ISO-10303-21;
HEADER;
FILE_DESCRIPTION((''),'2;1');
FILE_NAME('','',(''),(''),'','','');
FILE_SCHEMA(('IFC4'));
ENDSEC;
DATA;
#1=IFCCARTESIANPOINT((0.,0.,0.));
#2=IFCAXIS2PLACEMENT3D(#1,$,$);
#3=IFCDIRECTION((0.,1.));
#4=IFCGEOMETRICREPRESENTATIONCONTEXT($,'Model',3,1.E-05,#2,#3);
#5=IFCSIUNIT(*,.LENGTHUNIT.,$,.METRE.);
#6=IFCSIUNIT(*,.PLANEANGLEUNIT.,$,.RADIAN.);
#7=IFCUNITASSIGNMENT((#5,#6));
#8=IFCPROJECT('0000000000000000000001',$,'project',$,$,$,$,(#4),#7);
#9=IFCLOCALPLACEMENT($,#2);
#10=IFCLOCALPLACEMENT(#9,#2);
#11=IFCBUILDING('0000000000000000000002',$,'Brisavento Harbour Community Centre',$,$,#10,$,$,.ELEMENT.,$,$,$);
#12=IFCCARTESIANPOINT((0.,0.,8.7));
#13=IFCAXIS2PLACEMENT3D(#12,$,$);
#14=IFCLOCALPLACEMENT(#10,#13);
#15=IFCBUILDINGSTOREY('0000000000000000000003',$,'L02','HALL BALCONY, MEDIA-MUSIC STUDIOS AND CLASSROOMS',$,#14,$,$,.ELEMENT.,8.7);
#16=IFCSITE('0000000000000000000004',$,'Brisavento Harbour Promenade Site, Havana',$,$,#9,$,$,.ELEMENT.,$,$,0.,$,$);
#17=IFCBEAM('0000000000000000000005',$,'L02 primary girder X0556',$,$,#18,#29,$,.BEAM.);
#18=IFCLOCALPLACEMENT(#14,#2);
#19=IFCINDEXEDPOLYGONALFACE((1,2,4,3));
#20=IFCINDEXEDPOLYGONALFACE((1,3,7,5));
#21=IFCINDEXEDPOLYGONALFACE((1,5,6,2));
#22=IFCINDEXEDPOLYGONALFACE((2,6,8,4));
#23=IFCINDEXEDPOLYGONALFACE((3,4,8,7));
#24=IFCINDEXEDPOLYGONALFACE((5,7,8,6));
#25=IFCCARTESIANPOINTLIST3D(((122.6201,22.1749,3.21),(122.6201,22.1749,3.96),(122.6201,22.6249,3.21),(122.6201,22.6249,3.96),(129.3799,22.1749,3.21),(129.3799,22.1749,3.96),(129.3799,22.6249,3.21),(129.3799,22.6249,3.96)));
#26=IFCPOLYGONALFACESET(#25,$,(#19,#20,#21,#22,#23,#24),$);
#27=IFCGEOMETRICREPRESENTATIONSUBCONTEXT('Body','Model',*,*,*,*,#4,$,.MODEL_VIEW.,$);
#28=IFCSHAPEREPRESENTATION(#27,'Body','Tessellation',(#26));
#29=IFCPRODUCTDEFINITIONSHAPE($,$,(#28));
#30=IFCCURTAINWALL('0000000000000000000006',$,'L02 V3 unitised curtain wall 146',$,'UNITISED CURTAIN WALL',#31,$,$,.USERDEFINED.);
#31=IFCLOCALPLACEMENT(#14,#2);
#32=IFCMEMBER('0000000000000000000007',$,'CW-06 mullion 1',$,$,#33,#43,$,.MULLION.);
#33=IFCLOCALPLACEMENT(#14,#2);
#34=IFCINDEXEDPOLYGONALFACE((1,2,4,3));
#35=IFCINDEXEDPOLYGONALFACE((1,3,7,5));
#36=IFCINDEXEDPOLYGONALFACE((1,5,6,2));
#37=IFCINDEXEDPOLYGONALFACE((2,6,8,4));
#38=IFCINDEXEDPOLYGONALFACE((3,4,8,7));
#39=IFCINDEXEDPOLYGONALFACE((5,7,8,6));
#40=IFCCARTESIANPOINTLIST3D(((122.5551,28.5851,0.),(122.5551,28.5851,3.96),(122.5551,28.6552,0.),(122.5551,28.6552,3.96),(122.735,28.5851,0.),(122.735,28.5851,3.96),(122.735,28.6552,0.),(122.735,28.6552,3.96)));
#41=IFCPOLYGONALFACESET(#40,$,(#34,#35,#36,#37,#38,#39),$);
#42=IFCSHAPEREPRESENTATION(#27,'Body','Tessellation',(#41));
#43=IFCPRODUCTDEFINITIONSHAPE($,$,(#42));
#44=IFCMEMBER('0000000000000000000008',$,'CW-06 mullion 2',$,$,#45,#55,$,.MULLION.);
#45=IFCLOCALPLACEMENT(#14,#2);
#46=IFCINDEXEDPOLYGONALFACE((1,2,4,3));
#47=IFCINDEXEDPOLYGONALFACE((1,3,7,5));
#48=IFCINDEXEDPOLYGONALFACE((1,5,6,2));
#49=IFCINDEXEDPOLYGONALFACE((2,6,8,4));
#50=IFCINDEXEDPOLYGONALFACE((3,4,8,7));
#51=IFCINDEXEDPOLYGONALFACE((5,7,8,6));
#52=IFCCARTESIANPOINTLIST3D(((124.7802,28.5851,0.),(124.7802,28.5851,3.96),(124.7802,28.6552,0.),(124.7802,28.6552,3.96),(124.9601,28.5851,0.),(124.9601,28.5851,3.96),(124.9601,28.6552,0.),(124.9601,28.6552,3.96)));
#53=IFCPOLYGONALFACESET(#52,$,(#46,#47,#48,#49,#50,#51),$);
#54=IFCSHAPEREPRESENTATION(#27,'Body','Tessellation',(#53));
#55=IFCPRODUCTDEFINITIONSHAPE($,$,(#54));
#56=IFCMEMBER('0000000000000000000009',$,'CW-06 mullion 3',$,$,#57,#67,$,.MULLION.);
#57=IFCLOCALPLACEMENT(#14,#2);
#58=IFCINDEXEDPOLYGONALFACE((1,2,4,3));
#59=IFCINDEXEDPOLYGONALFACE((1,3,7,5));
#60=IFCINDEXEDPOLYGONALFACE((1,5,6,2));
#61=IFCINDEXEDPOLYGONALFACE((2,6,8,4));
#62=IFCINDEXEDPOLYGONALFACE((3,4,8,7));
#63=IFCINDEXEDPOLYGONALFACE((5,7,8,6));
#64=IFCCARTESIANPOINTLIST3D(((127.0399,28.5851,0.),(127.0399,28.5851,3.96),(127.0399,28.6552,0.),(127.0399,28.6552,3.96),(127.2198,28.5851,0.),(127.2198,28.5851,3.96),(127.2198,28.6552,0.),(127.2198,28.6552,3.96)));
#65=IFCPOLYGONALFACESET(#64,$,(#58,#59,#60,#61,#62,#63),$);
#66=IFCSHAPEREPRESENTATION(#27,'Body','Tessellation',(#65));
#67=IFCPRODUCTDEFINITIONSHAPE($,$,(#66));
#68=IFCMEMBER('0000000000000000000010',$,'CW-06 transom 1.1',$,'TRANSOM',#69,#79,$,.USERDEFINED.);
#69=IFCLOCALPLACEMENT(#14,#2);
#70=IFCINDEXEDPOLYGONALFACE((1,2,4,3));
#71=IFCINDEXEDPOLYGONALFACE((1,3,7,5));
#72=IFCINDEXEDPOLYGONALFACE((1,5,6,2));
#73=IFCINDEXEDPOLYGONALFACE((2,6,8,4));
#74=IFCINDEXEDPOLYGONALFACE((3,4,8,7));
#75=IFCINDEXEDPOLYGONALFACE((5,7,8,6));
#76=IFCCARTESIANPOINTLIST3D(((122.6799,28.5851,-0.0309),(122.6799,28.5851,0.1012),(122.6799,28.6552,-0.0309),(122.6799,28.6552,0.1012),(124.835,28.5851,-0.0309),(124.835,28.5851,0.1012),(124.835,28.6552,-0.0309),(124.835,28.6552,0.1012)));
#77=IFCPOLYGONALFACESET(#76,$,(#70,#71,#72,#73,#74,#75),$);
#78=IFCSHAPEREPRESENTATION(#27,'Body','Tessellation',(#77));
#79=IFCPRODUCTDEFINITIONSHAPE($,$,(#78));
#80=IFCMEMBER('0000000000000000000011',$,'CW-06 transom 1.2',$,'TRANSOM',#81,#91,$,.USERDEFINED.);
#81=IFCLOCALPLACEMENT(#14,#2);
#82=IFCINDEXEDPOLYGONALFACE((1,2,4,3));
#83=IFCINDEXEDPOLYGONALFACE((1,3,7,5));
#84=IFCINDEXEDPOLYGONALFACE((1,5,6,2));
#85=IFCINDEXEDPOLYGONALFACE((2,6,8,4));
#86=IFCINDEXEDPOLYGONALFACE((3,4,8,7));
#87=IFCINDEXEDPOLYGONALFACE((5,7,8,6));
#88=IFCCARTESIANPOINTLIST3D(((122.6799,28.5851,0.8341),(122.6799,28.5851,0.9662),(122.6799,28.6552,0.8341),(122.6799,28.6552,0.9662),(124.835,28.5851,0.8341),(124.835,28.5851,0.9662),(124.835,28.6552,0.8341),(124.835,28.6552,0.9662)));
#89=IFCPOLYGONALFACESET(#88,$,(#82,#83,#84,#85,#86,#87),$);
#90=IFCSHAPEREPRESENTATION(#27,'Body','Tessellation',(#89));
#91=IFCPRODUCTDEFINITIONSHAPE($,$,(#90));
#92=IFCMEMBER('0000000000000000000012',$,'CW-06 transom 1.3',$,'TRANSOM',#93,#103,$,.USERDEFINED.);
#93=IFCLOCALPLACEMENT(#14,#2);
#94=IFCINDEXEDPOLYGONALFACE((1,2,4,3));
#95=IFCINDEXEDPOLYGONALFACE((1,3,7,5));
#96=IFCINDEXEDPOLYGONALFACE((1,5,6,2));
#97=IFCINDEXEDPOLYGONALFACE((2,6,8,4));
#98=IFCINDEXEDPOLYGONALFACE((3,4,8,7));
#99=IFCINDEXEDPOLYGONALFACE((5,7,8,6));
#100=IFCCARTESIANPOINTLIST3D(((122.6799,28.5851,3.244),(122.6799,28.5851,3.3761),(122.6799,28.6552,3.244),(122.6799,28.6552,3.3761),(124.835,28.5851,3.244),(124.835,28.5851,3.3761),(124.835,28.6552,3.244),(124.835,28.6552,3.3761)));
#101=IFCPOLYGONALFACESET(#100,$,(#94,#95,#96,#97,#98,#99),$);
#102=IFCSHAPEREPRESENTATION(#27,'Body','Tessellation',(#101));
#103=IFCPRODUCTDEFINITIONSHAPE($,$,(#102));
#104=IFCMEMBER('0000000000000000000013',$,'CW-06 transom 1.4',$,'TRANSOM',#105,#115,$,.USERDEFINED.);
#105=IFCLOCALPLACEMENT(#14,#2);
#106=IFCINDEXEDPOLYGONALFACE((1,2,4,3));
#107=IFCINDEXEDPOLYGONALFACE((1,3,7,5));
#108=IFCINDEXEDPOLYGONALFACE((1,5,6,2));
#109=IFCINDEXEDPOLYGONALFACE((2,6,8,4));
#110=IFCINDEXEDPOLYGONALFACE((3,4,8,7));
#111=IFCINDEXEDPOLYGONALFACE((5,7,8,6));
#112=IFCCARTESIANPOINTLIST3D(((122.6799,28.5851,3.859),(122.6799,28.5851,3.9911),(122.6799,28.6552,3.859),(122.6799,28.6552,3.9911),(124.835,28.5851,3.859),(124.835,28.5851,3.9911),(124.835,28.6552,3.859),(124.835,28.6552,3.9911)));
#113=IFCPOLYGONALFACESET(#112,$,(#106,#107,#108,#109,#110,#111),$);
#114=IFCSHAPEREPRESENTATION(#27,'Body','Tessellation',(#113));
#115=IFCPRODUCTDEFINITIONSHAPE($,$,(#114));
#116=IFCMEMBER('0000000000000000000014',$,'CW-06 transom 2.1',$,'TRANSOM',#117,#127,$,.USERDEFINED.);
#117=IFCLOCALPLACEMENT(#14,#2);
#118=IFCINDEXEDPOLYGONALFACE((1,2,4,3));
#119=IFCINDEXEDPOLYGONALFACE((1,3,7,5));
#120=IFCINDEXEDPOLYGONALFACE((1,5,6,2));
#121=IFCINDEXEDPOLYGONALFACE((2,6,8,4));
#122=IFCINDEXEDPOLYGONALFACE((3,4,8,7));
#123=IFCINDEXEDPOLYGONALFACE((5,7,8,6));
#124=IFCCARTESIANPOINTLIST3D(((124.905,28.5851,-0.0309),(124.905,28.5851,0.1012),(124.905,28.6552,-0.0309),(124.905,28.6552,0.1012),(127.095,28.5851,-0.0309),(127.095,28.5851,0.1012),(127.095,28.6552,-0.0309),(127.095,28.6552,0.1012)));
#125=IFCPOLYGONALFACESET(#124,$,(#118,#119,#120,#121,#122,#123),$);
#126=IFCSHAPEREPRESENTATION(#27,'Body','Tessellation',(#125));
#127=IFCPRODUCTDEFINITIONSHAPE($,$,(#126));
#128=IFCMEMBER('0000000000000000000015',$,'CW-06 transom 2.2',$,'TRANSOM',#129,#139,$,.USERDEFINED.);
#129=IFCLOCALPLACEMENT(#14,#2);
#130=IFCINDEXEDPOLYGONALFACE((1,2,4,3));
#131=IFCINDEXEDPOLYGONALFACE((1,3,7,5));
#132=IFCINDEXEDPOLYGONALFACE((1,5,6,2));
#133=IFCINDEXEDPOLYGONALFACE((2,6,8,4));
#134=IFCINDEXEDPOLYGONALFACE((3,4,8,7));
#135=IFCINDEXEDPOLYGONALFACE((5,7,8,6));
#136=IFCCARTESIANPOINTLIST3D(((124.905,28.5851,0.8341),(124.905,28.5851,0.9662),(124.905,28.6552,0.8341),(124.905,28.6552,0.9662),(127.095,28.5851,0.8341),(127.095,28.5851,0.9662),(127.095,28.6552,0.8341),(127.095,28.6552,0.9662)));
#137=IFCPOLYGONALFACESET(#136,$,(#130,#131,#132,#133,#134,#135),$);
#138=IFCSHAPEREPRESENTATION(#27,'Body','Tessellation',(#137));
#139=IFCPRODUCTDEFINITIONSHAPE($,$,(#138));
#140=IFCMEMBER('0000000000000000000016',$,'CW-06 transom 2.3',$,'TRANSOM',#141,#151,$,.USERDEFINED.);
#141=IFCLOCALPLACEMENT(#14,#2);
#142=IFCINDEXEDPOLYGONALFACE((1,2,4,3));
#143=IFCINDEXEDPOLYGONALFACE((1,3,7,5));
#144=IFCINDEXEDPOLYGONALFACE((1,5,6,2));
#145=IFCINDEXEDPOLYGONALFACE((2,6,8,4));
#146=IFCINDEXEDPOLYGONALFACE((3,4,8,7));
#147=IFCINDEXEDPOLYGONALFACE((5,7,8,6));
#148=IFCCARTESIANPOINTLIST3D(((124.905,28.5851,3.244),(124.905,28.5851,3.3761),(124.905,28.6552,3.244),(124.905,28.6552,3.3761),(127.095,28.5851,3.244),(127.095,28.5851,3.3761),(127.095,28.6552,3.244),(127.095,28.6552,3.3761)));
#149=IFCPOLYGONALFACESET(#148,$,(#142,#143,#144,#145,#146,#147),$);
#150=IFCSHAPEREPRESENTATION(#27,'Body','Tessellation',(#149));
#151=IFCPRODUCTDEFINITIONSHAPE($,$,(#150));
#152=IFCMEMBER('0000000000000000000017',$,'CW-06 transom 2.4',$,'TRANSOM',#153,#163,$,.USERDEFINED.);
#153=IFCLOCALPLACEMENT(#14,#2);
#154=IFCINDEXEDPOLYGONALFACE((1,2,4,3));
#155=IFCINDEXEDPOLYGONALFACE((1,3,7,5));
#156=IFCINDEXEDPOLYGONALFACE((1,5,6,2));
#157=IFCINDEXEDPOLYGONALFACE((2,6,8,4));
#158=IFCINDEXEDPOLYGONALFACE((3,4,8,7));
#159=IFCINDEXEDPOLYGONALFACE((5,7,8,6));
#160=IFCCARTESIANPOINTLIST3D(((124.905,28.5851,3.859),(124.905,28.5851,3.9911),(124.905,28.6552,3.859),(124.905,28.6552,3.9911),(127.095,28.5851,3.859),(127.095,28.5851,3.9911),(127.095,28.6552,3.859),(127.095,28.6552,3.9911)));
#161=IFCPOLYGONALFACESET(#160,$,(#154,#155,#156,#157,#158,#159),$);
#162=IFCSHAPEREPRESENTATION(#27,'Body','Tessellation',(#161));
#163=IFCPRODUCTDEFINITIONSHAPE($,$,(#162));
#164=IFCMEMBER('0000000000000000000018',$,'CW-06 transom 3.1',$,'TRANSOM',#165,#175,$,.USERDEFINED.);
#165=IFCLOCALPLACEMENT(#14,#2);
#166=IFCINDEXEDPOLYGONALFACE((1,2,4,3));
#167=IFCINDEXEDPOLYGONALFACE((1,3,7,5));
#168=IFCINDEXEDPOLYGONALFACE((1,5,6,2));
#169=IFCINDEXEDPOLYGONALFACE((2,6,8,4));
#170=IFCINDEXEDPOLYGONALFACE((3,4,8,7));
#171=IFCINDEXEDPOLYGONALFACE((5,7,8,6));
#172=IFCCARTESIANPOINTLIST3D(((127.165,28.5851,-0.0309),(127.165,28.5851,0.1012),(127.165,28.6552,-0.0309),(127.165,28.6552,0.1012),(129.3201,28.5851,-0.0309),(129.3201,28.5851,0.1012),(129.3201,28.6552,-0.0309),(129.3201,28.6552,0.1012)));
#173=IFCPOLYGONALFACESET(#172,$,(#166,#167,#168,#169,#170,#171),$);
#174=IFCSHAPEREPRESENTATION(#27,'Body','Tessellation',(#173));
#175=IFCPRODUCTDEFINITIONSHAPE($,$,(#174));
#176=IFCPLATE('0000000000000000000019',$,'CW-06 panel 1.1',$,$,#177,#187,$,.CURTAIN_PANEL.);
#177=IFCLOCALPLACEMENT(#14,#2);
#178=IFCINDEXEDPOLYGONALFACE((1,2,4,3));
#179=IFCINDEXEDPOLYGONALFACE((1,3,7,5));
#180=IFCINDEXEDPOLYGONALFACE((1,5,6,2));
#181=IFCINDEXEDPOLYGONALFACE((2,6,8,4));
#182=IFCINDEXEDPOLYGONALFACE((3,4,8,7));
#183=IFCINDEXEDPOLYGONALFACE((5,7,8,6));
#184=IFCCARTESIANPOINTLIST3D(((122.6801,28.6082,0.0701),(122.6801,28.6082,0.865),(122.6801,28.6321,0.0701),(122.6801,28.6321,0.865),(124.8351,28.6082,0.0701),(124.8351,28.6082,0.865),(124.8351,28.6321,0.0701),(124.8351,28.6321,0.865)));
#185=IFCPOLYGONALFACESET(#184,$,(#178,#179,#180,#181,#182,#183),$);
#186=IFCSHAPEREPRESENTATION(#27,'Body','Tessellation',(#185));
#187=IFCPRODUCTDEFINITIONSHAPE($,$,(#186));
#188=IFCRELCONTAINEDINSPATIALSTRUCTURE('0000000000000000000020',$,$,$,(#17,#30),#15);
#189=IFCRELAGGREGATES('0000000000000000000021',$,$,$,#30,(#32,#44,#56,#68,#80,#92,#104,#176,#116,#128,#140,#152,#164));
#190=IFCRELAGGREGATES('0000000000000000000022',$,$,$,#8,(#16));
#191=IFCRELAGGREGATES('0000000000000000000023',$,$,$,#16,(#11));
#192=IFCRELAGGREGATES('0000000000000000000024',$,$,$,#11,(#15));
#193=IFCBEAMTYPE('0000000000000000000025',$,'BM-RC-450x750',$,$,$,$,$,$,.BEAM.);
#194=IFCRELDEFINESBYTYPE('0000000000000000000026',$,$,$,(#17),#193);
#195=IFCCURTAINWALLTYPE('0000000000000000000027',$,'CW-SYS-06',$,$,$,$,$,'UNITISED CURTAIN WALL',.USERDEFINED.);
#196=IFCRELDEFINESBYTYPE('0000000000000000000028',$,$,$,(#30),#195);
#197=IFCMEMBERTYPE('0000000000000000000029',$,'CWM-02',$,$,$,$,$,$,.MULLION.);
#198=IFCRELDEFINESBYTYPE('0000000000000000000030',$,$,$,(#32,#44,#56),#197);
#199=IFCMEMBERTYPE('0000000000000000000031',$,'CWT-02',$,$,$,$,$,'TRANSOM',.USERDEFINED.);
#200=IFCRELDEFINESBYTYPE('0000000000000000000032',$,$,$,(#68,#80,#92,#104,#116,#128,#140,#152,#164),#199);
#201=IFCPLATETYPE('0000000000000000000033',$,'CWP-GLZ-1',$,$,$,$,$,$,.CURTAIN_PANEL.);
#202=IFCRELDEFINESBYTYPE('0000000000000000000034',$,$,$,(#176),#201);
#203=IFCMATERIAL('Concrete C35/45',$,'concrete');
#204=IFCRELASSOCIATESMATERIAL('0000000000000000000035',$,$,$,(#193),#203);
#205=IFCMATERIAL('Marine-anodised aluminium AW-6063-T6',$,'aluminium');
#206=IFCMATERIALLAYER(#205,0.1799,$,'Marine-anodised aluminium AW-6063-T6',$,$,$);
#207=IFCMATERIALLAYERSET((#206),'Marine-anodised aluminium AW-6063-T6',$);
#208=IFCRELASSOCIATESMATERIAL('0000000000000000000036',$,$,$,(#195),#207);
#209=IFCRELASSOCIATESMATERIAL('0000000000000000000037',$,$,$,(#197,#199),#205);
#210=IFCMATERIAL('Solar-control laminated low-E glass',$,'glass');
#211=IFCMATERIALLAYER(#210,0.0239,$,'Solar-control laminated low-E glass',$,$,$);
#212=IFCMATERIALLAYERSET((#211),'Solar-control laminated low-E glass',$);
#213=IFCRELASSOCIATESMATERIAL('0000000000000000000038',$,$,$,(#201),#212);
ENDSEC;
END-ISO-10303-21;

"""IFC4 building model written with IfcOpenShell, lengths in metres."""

from ifc_helpers import new_model, si_unit, direction, frame, origin, origin_2d, place, context, subcontext, project, spatial, rectangle, extrude, material, layer, layer_set, material_profile, profile_set, type_object, element, aggregate, save


model = new_model("IFC4")

# Units and contexts
model_context = context("Model", 3, precision=1e-05, world=origin(), true_north=direction((0.0, 1.0)))
body_context = subcontext(model_context, "Body", "Model", "MODEL_VIEW")
ifc_project = project(units=[si_unit("LENGTHUNIT", "METRE"), si_unit("PLANEANGLEUNIT", "RADIAN")], contexts=[model_context])

# Site, building, storey
site_placement = place(None, origin())
site = spatial("IfcSite", under=ifc_project, at=site_placement, Name="Brisavento Harbour Promenade Site, Havana", CompositionType="ELEMENT", RefElevation=0.0)
building_placement = place(site_placement, origin())
building = spatial("IfcBuilding", under=site, at=building_placement, Name="Brisavento Harbour Community Centre", CompositionType="ELEMENT")
storey_placement = place(building_placement, frame((0.0, 0.0, 8.7)))
storey = spatial("IfcBuildingStorey", under=building, at=storey_placement, Name="L02", Description="HALL BALCONY, MEDIA-MUSIC STUDIOS AND CLASSROOMS", CompositionType="ELEMENT", Elevation=8.7)

# Beam
ifc_material_1 = material(Name="Concrete C35/45", Category="concrete")
ifc_material_profile_1 = material_profile(ifc_material_1, rectangle(XDim=0.45, YDim=0.75, at=origin_2d()), Name="Concrete C35/45")
ifc_profile_set_1 = profile_set([ifc_material_profile_1], Name="Concrete C35/45")
beam_type = type_object("IfcBeamType", Name="BM-RC-450x750", PredefinedType="BEAM", material=ifc_profile_set_1)
beam_placement = place(storey_placement, frame((122.6201, 22.3999, 3.585), z_axis=(1.0, 0.0, 0.0), x_axis=(0.0, 1.0, 0.0)))
element("IfcBeam", 1, at=beam_placement, inside=storey, type_object=beam_type, Name="L02 primary girder X0556", PredefinedType="BEAM", context=body_context, shape_type="SweptSolid", body=[
    extrude(rectangle(XDim=0.45, YDim=0.75, at=origin_2d()), origin(), (0.0, 0.0, 1.0), 6.7598),
])

# Curtain wall, members, plate
ifc_material_2 = material(Name="Marine-anodised aluminium AW-6063-T6", Category="aluminium")
ifc_layer_1 = layer(ifc_material_2, 0.1799, Name="Marine-anodised aluminium AW-6063-T6")
ifc_layer_set_1 = layer_set([ifc_layer_1], Name="Marine-anodised aluminium AW-6063-T6")
curtain_wall_type = type_object("IfcCurtainWallType", Name="CW-SYS-06", ElementType="UNITISED CURTAIN WALL", PredefinedType="USERDEFINED", material=ifc_layer_set_1)
curtain_wall_placement = place(storey_placement, origin())
curtain_wall = element("IfcCurtainWall", 2, at=curtain_wall_placement, inside=storey, type_object=curtain_wall_type, Name="L02 V3 unitised curtain wall 146", ObjectType="UNITISED CURTAIN WALL", PredefinedType="USERDEFINED")
ifc_material_profile_2 = material_profile(ifc_material_2, rectangle(XDim=0.0701, YDim=0.1799, at=origin_2d()), Name="Marine-anodised aluminium AW-6063-T6")
ifc_profile_set_2 = profile_set([ifc_material_profile_2], Name="Marine-anodised aluminium AW-6063-T6")
member_type_1 = type_object("IfcMemberType", Name="CWM-02", PredefinedType="MULLION", material=ifc_profile_set_2)
member_1_placement = place(storey_placement, frame((122.645, 28.6201, 0.0), z_axis=(0.0, 0.0, 1.0), x_axis=(0.0, 1.0, 0.0)))
member_1 = element("IfcMember", 3, at=member_1_placement, type_object=member_type_1, Name="CW-06 mullion 1", PredefinedType="MULLION", context=body_context, shape_type="SweptSolid", body=[
    extrude(rectangle(XDim=0.0701, YDim=0.1799, at=origin_2d()), origin(), (0.0, 0.0, 1.0), 3.96),
])
member_2_placement = place(storey_placement, frame((124.8701, 28.6201, 0.0), z_axis=(0.0, 0.0, 1.0), x_axis=(0.0, 1.0, 0.0)))
member_2 = element("IfcMember", 4, at=member_2_placement, type_object=member_type_1, Name="CW-06 mullion 2", PredefinedType="MULLION", context=body_context, shape_type="SweptSolid", body=[
    extrude(rectangle(XDim=0.0701, YDim=0.1799, at=origin_2d()), origin(), (0.0, 0.0, 1.0), 3.96),
])
member_3_placement = place(storey_placement, frame((127.1299, 28.6201, 0.0), z_axis=(0.0, 0.0, 1.0), x_axis=(0.0, 1.0, 0.0)))
member_3 = element("IfcMember", 5, at=member_3_placement, type_object=member_type_1, Name="CW-06 mullion 3", PredefinedType="MULLION", context=body_context, shape_type="SweptSolid", body=[
    extrude(rectangle(XDim=0.0701, YDim=0.1799, at=origin_2d()), origin(), (0.0, 0.0, 1.0), 3.96),
])
ifc_material_profile_3 = material_profile(ifc_material_2, rectangle(XDim=0.0701, YDim=0.1321, at=origin_2d()), Name="Marine-anodised aluminium AW-6063-T6")
ifc_profile_set_3 = profile_set([ifc_material_profile_3], Name="Marine-anodised aluminium AW-6063-T6")
member_type_2 = type_object("IfcMemberType", Name="CWT-02", ElementType="TRANSOM", PredefinedType="USERDEFINED", material=ifc_profile_set_3)
member_4_placement = place(storey_placement, frame((122.6799, 28.6201, 0.0352), z_axis=(1.0, 0.0, 0.0), x_axis=(0.0, 1.0, 0.0)))
member_4 = element("IfcMember", 6, at=member_4_placement, type_object=member_type_2, Name="CW-06 transom 1.1", ObjectType="TRANSOM", PredefinedType="USERDEFINED", context=body_context, shape_type="SweptSolid", body=[
    extrude(rectangle(XDim=0.0701, YDim=0.1321, at=origin_2d()), origin(), (0.0, 0.0, 1.0), 2.155),
])
member_5_placement = place(storey_placement, frame((122.6799, 28.6201, 0.9001), z_axis=(1.0, 0.0, 0.0), x_axis=(0.0, 1.0, 0.0)))
member_5 = element("IfcMember", 7, at=member_5_placement, type_object=member_type_2, Name="CW-06 transom 1.2", ObjectType="TRANSOM", PredefinedType="USERDEFINED", context=body_context, shape_type="SweptSolid", body=[
    extrude(rectangle(XDim=0.0701, YDim=0.1321, at=origin_2d()), origin(), (0.0, 0.0, 1.0), 2.155),
])
member_6_placement = place(storey_placement, frame((122.6799, 28.6201, 3.3101), z_axis=(1.0, 0.0, 0.0), x_axis=(0.0, 1.0, 0.0)))
member_6 = element("IfcMember", 8, at=member_6_placement, type_object=member_type_2, Name="CW-06 transom 1.3", ObjectType="TRANSOM", PredefinedType="USERDEFINED", context=body_context, shape_type="SweptSolid", body=[
    extrude(rectangle(XDim=0.0701, YDim=0.1321, at=origin_2d()), origin(), (0.0, 0.0, 1.0), 2.155),
])
member_7_placement = place(storey_placement, frame((122.6799, 28.6201, 3.925), z_axis=(1.0, 0.0, 0.0), x_axis=(0.0, 1.0, 0.0)))
member_7 = element("IfcMember", 9, at=member_7_placement, type_object=member_type_2, Name="CW-06 transom 1.4", ObjectType="TRANSOM", PredefinedType="USERDEFINED", context=body_context, shape_type="SweptSolid", body=[
    extrude(rectangle(XDim=0.0701, YDim=0.1321, at=origin_2d()), origin(), (0.0, 0.0, 1.0), 2.155),
])
member_8_placement = place(storey_placement, frame((124.905, 28.6201, 0.0352), z_axis=(1.0, 0.0, 0.0), x_axis=(0.0, 1.0, 0.0)))
member_8 = element("IfcMember", 10, at=member_8_placement, type_object=member_type_2, Name="CW-06 transom 2.1", ObjectType="TRANSOM", PredefinedType="USERDEFINED", context=body_context, shape_type="SweptSolid", body=[
    extrude(rectangle(XDim=0.0701, YDim=0.1321, at=origin_2d()), origin(), (0.0, 0.0, 1.0), 2.1899),
])
member_9_placement = place(storey_placement, frame((124.905, 28.6201, 0.9001), z_axis=(1.0, 0.0, 0.0), x_axis=(0.0, 1.0, 0.0)))
member_9 = element("IfcMember", 11, at=member_9_placement, type_object=member_type_2, Name="CW-06 transom 2.2", ObjectType="TRANSOM", PredefinedType="USERDEFINED", context=body_context, shape_type="SweptSolid", body=[
    extrude(rectangle(XDim=0.0701, YDim=0.1321, at=origin_2d()), origin(), (0.0, 0.0, 1.0), 2.1899),
])
member_10_placement = place(storey_placement, frame((124.905, 28.6201, 3.3101), z_axis=(1.0, 0.0, 0.0), x_axis=(0.0, 1.0, 0.0)))
member_10 = element("IfcMember", 12, at=member_10_placement, type_object=member_type_2, Name="CW-06 transom 2.3", ObjectType="TRANSOM", PredefinedType="USERDEFINED", context=body_context, shape_type="SweptSolid", body=[
    extrude(rectangle(XDim=0.0701, YDim=0.1321, at=origin_2d()), origin(), (0.0, 0.0, 1.0), 2.1899),
])
member_11_placement = place(storey_placement, frame((124.905, 28.6201, 3.925), z_axis=(1.0, 0.0, 0.0), x_axis=(0.0, 1.0, 0.0)))
member_11 = element("IfcMember", 13, at=member_11_placement, type_object=member_type_2, Name="CW-06 transom 2.4", ObjectType="TRANSOM", PredefinedType="USERDEFINED", context=body_context, shape_type="SweptSolid", body=[
    extrude(rectangle(XDim=0.0701, YDim=0.1321, at=origin_2d()), origin(), (0.0, 0.0, 1.0), 2.1899),
])
member_12_placement = place(storey_placement, frame((127.165, 28.6201, 0.0352), z_axis=(1.0, 0.0, 0.0), x_axis=(0.0, 1.0, 0.0)))
member_12 = element("IfcMember", 14, at=member_12_placement, type_object=member_type_2, Name="CW-06 transom 3.1", ObjectType="TRANSOM", PredefinedType="USERDEFINED", context=body_context, shape_type="SweptSolid", body=[
    extrude(rectangle(XDim=0.0701, YDim=0.1321, at=origin_2d()), origin(), (0.0, 0.0, 1.0), 2.155),
])
ifc_material_3 = material(Name="Solar-control laminated low-E glass", Category="glass")
ifc_layer_2 = layer(ifc_material_3, 0.0239, Name="Solar-control laminated low-E glass")
ifc_layer_set_2 = layer_set([ifc_layer_2], Name="Solar-control laminated low-E glass")
plate_type = type_object("IfcPlateType", Name="CWP-GLZ-1", PredefinedType="CURTAIN_PANEL", material=ifc_layer_set_2)
plate_1_placement = place(storey_placement, frame((123.7576, 28.6201, 0.0701), z_axis=(0.0, 0.0, 1.0), x_axis=(1.0, 0.0, 0.0)))
plate_1 = element("IfcPlate", 15, at=plate_1_placement, type_object=plate_type, Name="CW-06 panel 1.1", PredefinedType="CURTAIN_PANEL", context=body_context, shape_type="SweptSolid", body=[
    extrude(rectangle(XDim=2.155, YDim=0.0239, at=origin_2d()), origin(), (0.0, 0.0, 1.0), 0.7949),
])
aggregate(curtain_wall, [member_1, member_2, member_3, member_4, member_5, member_6, member_7, plate_1, member_8, member_9, member_10, member_11, member_12])

save(model, "model.ifc")
